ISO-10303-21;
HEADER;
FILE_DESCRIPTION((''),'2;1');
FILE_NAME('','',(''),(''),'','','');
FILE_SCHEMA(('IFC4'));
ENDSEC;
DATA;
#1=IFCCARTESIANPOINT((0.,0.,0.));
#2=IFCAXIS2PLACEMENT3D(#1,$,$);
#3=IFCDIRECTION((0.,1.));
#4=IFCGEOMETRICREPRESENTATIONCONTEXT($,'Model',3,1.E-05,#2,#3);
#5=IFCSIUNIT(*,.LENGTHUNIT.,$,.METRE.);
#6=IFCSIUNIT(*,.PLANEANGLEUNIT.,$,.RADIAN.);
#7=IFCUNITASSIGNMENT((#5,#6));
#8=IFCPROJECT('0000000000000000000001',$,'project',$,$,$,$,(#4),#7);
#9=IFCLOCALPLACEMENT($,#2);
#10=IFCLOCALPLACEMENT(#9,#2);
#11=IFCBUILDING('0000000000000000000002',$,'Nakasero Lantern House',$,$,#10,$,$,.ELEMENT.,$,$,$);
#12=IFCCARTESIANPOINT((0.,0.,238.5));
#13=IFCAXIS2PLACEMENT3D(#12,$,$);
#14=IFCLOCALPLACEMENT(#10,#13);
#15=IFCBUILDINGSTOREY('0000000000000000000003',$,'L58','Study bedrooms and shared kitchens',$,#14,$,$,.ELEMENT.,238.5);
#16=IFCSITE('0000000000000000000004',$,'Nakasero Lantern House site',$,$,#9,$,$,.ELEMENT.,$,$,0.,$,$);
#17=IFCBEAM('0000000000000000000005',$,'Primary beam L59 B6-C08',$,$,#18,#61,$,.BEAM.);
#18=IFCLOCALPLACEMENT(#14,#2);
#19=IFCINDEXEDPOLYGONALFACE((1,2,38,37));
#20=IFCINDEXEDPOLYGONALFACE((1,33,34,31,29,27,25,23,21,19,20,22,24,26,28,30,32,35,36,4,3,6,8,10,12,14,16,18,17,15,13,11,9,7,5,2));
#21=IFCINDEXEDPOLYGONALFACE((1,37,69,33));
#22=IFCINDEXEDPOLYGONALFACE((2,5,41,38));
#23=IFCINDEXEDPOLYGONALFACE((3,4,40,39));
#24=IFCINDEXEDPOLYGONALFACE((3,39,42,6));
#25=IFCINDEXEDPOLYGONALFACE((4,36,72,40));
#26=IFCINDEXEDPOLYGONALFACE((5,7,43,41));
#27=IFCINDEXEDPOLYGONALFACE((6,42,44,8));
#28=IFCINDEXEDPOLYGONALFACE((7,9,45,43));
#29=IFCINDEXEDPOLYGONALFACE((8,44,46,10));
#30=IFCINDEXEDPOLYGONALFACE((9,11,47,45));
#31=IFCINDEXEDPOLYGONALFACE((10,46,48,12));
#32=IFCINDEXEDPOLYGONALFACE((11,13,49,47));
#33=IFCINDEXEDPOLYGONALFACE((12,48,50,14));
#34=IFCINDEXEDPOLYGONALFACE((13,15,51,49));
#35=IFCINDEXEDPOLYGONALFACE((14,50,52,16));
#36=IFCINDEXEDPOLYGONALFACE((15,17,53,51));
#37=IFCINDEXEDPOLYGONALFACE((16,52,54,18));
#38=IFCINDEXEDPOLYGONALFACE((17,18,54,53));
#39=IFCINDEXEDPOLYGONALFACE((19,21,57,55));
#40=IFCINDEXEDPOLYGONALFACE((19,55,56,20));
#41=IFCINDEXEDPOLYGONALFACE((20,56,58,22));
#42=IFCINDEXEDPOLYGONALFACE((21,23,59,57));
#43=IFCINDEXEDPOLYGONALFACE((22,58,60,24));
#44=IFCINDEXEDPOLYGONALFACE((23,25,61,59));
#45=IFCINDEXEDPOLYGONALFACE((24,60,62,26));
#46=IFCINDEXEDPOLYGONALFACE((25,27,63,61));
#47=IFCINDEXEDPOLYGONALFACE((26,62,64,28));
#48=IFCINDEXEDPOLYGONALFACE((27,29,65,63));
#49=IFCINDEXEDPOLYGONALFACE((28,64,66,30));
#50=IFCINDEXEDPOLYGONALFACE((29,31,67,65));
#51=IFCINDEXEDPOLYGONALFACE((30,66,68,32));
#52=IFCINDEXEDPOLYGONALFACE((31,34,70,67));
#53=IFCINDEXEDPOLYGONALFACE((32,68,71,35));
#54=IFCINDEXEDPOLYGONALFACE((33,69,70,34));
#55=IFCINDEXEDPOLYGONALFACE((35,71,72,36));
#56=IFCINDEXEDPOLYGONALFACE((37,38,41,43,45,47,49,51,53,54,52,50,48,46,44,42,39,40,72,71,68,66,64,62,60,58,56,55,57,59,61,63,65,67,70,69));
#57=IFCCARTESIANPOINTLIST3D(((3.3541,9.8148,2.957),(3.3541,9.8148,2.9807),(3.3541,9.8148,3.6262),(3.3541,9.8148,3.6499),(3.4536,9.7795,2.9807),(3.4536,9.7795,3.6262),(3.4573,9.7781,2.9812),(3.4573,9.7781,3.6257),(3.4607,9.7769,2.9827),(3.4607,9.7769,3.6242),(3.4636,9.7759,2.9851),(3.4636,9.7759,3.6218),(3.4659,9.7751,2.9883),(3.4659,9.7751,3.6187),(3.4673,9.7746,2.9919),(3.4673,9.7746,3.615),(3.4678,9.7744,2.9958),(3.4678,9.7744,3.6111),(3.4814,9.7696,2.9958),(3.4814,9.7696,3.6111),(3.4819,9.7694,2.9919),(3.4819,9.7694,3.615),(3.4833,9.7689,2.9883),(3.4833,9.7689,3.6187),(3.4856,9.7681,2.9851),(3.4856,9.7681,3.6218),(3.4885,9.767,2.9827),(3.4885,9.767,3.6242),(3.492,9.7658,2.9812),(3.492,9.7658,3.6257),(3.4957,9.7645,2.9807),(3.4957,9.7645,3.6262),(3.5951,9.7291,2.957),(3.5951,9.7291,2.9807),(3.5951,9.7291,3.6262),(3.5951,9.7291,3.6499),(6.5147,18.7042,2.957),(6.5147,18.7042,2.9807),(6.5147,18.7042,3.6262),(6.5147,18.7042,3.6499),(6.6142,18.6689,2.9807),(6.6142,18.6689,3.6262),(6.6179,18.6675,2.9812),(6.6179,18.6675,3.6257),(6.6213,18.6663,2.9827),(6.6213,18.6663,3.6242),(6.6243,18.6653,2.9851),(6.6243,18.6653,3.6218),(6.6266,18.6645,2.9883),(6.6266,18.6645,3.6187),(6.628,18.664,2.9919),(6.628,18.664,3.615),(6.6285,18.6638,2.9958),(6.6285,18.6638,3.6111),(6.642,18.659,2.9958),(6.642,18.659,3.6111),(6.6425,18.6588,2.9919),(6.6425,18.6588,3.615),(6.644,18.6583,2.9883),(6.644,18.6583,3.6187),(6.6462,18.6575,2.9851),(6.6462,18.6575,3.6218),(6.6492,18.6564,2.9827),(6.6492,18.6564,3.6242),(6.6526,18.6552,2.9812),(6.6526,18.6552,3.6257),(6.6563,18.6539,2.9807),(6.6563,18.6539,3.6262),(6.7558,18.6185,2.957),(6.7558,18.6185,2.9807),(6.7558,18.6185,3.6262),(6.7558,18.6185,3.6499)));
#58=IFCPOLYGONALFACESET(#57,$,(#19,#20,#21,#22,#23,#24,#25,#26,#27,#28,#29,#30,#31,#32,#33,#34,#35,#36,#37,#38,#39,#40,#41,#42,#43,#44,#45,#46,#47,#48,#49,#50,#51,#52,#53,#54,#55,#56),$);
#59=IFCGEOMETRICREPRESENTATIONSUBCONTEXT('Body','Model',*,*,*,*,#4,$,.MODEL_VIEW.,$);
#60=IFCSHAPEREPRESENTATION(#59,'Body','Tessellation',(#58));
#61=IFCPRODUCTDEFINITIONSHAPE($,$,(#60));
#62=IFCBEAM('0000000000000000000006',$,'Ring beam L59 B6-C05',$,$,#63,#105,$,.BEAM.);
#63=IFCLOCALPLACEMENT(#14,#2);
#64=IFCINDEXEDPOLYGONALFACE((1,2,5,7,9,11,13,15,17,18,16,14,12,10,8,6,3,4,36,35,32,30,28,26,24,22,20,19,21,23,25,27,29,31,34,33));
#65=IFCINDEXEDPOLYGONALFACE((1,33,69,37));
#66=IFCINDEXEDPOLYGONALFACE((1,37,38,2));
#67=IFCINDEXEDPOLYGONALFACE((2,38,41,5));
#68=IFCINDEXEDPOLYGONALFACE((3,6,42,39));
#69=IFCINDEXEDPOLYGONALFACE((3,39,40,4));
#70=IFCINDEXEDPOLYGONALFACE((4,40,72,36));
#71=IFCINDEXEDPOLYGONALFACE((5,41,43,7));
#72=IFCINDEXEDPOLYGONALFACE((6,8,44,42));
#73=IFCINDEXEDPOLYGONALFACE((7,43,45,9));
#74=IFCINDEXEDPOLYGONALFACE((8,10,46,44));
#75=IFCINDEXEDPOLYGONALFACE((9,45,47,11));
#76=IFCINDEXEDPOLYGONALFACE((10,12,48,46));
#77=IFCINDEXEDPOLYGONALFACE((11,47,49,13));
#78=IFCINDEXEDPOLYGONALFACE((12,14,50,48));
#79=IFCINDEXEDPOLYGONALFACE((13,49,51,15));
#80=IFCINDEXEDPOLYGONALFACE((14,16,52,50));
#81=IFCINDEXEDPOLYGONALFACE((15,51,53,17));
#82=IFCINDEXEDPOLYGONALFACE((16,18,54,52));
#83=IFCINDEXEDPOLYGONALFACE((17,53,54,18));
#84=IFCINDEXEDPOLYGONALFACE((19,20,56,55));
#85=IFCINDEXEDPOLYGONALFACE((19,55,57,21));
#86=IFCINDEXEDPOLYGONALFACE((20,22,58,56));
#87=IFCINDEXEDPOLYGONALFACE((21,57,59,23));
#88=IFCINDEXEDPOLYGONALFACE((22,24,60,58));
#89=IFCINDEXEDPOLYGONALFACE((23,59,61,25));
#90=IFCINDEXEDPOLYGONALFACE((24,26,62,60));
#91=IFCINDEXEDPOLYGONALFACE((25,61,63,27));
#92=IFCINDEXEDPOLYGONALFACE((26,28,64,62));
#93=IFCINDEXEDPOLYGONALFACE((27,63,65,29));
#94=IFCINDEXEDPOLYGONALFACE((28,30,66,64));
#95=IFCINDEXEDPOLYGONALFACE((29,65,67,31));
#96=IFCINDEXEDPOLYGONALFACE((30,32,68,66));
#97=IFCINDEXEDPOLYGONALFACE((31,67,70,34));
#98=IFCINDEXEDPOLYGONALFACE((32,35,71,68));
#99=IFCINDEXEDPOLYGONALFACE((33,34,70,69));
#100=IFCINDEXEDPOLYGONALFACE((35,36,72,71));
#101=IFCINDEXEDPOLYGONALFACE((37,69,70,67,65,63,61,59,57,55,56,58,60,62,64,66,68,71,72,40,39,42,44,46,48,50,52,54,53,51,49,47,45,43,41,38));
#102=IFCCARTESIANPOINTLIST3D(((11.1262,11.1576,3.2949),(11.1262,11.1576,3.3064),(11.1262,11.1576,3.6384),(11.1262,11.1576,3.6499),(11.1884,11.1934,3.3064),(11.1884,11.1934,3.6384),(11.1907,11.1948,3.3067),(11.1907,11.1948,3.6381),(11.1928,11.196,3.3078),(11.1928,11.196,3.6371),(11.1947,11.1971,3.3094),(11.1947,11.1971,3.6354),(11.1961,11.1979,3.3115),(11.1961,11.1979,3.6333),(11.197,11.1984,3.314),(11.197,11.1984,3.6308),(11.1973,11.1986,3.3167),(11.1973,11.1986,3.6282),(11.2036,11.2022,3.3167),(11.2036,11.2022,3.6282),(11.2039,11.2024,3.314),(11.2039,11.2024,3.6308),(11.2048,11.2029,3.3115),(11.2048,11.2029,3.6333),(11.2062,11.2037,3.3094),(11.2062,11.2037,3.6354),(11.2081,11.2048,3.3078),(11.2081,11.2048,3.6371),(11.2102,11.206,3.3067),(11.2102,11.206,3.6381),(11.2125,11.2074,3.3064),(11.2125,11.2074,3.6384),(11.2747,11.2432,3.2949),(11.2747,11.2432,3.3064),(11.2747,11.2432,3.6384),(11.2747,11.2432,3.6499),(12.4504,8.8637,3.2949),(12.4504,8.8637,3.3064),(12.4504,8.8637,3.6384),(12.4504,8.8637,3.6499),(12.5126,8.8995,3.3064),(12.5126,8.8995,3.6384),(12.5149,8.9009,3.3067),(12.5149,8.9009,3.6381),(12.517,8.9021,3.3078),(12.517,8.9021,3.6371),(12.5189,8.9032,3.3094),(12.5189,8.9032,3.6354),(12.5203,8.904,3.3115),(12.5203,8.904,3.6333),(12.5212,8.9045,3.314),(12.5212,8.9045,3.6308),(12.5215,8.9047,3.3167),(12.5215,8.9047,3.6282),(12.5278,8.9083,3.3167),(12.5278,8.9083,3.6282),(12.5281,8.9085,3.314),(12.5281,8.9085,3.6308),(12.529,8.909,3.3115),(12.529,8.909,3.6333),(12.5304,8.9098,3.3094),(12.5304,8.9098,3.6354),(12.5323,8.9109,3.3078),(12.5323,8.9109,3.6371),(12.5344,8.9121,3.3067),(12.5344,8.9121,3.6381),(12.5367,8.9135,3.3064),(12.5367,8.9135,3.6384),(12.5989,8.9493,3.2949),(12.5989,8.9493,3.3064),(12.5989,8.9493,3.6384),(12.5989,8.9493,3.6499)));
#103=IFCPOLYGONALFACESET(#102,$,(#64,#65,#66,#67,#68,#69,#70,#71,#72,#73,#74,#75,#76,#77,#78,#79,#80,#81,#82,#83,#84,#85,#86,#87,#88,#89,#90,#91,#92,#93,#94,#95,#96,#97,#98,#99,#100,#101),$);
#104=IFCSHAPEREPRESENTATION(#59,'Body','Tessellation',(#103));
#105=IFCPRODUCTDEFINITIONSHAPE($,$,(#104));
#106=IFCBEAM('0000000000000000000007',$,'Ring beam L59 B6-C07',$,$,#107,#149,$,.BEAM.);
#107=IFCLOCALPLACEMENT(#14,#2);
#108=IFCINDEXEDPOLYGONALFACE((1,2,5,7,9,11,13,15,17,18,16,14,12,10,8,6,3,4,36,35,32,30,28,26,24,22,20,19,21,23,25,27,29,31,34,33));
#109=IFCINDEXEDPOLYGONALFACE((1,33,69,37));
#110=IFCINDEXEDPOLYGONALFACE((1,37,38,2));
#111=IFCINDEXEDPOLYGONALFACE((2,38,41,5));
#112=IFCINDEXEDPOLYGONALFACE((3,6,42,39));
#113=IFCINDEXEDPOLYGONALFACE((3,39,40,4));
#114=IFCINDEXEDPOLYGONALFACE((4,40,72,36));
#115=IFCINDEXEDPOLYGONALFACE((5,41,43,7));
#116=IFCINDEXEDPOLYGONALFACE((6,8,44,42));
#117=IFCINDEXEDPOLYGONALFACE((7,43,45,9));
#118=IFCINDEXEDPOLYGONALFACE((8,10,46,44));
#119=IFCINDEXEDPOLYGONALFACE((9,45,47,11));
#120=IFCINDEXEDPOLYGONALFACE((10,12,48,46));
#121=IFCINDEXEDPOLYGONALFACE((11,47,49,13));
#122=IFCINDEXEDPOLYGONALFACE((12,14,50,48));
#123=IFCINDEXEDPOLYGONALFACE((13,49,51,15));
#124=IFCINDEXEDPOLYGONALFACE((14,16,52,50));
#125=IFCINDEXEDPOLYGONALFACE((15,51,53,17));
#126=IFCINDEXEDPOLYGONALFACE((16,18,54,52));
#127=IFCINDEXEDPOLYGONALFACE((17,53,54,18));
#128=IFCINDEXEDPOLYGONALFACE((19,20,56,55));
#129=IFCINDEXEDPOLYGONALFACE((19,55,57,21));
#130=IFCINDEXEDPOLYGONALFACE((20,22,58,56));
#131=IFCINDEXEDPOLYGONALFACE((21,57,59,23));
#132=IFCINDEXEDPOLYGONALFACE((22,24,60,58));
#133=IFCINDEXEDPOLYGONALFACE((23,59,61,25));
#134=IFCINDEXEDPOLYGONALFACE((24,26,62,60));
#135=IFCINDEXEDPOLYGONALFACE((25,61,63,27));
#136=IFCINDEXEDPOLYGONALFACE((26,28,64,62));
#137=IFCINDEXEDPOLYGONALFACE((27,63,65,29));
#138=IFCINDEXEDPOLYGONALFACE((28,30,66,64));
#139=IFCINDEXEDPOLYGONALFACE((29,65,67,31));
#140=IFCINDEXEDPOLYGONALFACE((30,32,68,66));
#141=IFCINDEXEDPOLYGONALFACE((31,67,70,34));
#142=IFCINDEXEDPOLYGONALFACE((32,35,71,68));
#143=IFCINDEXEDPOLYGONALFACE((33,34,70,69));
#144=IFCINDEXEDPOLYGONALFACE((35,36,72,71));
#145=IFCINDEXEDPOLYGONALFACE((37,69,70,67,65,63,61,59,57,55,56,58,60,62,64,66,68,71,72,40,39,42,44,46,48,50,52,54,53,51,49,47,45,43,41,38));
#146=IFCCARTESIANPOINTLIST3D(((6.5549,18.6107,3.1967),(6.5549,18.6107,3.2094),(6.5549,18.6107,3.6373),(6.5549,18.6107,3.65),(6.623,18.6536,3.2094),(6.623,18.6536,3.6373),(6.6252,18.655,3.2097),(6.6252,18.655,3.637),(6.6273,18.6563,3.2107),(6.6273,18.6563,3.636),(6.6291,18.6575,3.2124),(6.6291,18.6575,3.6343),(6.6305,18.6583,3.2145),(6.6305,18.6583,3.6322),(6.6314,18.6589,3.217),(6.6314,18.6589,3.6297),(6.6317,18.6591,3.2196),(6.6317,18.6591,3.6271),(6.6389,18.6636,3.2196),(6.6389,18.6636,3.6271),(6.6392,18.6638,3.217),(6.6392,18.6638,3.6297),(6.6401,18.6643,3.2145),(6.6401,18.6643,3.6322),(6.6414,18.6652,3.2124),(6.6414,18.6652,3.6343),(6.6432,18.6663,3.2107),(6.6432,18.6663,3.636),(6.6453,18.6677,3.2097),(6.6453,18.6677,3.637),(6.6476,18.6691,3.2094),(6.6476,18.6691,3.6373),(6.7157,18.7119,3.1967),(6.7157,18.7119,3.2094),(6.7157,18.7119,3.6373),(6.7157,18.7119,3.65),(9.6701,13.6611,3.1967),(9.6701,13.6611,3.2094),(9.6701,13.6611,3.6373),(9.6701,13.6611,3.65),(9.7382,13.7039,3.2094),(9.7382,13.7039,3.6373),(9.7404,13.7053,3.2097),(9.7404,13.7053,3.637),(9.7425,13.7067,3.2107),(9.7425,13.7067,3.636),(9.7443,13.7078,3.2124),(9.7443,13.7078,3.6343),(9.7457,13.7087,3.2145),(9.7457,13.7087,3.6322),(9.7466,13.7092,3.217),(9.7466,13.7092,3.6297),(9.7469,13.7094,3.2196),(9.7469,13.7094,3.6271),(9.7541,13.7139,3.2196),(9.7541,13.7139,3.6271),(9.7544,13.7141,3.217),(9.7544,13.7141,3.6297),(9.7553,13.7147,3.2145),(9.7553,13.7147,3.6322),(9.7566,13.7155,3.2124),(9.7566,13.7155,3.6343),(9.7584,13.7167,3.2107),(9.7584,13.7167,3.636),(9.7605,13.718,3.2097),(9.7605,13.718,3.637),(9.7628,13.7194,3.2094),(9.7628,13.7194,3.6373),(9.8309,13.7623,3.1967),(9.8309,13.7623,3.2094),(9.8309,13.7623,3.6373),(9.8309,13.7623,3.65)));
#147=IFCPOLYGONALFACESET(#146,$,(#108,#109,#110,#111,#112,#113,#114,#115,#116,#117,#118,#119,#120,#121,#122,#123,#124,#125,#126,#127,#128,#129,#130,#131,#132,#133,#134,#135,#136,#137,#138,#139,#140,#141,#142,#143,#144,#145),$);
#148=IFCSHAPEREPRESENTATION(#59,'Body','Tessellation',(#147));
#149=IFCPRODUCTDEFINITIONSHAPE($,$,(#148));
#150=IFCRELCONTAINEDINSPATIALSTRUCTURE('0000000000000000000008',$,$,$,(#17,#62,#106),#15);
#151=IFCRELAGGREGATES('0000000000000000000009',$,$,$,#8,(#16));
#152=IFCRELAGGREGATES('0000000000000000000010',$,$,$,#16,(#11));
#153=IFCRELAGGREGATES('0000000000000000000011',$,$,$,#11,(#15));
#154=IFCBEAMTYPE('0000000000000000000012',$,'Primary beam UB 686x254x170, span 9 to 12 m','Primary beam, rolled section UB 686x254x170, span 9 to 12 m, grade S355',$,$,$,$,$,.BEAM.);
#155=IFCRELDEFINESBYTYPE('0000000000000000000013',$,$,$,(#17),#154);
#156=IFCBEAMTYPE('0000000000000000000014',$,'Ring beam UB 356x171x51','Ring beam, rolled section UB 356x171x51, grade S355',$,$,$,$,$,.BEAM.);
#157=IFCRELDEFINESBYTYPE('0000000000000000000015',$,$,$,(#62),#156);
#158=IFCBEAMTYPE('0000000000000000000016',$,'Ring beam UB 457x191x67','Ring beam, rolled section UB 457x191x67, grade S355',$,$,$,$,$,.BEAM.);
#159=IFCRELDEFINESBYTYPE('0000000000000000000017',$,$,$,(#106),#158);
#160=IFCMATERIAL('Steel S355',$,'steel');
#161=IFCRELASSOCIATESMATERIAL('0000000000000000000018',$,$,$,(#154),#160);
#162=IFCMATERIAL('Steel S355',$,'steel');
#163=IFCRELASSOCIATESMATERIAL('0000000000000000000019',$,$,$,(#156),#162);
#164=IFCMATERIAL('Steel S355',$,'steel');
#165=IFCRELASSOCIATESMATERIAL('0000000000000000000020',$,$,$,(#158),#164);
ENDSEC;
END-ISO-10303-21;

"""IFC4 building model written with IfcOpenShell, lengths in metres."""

from ifc_helpers import new_model, si_unit, direction, frame, origin, origin_2d, place, context, subcontext, project, spatial, i_section, extrude, material, material_profile, profile_set, type_object, element, save


model = new_model("IFC4")

# Units and contexts
model_context = context("Model", 3, precision=1e-05, world=origin(), true_north=direction((0.0, 1.0)))
body_context = subcontext(model_context, "Body", "Model", "MODEL_VIEW")
ifc_project = project(units=[si_unit("LENGTHUNIT", "METRE"), si_unit("PLANEANGLEUNIT", "RADIAN")], contexts=[model_context])

# Site, building, storey
site_placement = place(None, origin())
site = spatial("IfcSite", under=ifc_project, at=site_placement, Name="Nakasero Lantern House site", CompositionType="ELEMENT", RefElevation=0.0)
building_placement = place(site_placement, origin())
building = spatial("IfcBuilding", under=site, at=building_placement, Name="Nakasero Lantern House", CompositionType="ELEMENT")
storey_placement = place(building_placement, frame((0.0, 0.0, 238.5)))
storey = spatial("IfcBuildingStorey", under=building, at=storey_placement, Name="L58", Description="Study bedrooms and shared kitchens", CompositionType="ELEMENT", Elevation=238.5)

# Beams
ifc_material_1 = material(Name="Steel S355", Category="steel")
ifc_material_profile_1 = material_profile(ifc_material_1, i_section(OverallWidth=0.2559, OverallDepth=0.6929, WebThickness=0.0144, FlangeThickness=0.0237, FilletRadius=0.0151, at=origin_2d()), Name="UB 686x254x170")
ifc_profile_set_1 = profile_set([ifc_material_profile_1], Name="Steel S355")
beam_type_1 = type_object("IfcBeamType", Name="Primary beam UB 686x254x170, span 9 to 12 m", Description="Primary beam, rolled section UB 686x254x170, span 9 to 12 m, grade S355", PredefinedType="BEAM", material=ifc_profile_set_1)
beam_1_placement = place(storey_placement, frame((6.6353, 18.6614, 3.3035), z_axis=(-0.335007, -0.942216, 0.0), x_axis=(0.942216, -0.335007, 0.0)))
element("IfcBeam", 1, at=beam_1_placement, inside=storey, type_object=beam_type_1, Name="Primary beam L59 B6-C08", PredefinedType="BEAM", context=body_context, shape_type="SweptSolid", body=[
    extrude(i_section(OverallWidth=0.2559, OverallDepth=0.6929, WebThickness=0.0144, FlangeThickness=0.0237, FilletRadius=0.0151, at=origin_2d()), origin(), (0.0, 0.0, 1.0), 9.4346),
])
ifc_material_2 = material(Name="Steel S355", Category="steel")
ifc_material_profile_2 = material_profile(ifc_material_2, i_section(OverallWidth=0.1714, OverallDepth=0.355, WebThickness=0.0073, FlangeThickness=0.0115, FilletRadius=0.0103, at=origin_2d()), Name="UB 356x171x51")
ifc_profile_set_2 = profile_set([ifc_material_profile_2], Name="Steel S355")
beam_type_2 = type_object("IfcBeamType", Name="Ring beam UB 356x171x51", Description="Ring beam, rolled section UB 356x171x51, grade S355", PredefinedType="BEAM", material=ifc_profile_set_2)
beam_2_placement = place(storey_placement, frame((12.5247, 8.9065, 3.4724), z_axis=(-0.499946, 0.866057, 0.0), x_axis=(-0.866057, -0.499946, 0.0)))
element("IfcBeam", 2, at=beam_2_placement, inside=storey, type_object=beam_type_2, Name="Ring beam L59 B6-C05", PredefinedType="BEAM", context=body_context, shape_type="SweptSolid", body=[
    extrude(i_section(OverallWidth=0.1714, OverallDepth=0.355, WebThickness=0.0073, FlangeThickness=0.0115, FilletRadius=0.0103, at=origin_2d()), origin(), (0.0, 0.0, 1.0), 2.6487),
])
ifc_material_3 = material(Name="Steel S355", Category="steel")
ifc_material_profile_3 = material_profile(ifc_material_3, i_section(OverallWidth=0.1899, OverallDepth=0.4534, WebThickness=0.0085, FlangeThickness=0.0127, FilletRadius=0.0103, at=origin_2d()), Name="UB 457x191x67")
ifc_profile_set_3 = profile_set([ifc_material_profile_3], Name="Steel S355")
beam_type_3 = type_object("IfcBeamType", Name="Ring beam UB 457x191x67", Description="Ring beam, rolled section UB 457x191x67, grade S355", PredefinedType="BEAM", material=ifc_profile_set_3)
beam_3_placement = place(storey_placement, frame((9.7505, 13.7117, 3.4233), z_axis=(-0.53266, 0.846329, 0.0), x_axis=(-0.846329, -0.53266, 0.0)))
element("IfcBeam", 3, at=beam_3_placement, inside=storey, type_object=beam_type_3, Name="Ring beam L59 B6-C07", PredefinedType="BEAM", context=body_context, shape_type="SweptSolid", body=[
    extrude(i_section(OverallWidth=0.1899, OverallDepth=0.4534, WebThickness=0.0085, FlangeThickness=0.0127, FilletRadius=0.0103, at=origin_2d()), origin(), (0.0, 0.0, 1.0), 5.8484),
])

save(model, "model.ifc")
